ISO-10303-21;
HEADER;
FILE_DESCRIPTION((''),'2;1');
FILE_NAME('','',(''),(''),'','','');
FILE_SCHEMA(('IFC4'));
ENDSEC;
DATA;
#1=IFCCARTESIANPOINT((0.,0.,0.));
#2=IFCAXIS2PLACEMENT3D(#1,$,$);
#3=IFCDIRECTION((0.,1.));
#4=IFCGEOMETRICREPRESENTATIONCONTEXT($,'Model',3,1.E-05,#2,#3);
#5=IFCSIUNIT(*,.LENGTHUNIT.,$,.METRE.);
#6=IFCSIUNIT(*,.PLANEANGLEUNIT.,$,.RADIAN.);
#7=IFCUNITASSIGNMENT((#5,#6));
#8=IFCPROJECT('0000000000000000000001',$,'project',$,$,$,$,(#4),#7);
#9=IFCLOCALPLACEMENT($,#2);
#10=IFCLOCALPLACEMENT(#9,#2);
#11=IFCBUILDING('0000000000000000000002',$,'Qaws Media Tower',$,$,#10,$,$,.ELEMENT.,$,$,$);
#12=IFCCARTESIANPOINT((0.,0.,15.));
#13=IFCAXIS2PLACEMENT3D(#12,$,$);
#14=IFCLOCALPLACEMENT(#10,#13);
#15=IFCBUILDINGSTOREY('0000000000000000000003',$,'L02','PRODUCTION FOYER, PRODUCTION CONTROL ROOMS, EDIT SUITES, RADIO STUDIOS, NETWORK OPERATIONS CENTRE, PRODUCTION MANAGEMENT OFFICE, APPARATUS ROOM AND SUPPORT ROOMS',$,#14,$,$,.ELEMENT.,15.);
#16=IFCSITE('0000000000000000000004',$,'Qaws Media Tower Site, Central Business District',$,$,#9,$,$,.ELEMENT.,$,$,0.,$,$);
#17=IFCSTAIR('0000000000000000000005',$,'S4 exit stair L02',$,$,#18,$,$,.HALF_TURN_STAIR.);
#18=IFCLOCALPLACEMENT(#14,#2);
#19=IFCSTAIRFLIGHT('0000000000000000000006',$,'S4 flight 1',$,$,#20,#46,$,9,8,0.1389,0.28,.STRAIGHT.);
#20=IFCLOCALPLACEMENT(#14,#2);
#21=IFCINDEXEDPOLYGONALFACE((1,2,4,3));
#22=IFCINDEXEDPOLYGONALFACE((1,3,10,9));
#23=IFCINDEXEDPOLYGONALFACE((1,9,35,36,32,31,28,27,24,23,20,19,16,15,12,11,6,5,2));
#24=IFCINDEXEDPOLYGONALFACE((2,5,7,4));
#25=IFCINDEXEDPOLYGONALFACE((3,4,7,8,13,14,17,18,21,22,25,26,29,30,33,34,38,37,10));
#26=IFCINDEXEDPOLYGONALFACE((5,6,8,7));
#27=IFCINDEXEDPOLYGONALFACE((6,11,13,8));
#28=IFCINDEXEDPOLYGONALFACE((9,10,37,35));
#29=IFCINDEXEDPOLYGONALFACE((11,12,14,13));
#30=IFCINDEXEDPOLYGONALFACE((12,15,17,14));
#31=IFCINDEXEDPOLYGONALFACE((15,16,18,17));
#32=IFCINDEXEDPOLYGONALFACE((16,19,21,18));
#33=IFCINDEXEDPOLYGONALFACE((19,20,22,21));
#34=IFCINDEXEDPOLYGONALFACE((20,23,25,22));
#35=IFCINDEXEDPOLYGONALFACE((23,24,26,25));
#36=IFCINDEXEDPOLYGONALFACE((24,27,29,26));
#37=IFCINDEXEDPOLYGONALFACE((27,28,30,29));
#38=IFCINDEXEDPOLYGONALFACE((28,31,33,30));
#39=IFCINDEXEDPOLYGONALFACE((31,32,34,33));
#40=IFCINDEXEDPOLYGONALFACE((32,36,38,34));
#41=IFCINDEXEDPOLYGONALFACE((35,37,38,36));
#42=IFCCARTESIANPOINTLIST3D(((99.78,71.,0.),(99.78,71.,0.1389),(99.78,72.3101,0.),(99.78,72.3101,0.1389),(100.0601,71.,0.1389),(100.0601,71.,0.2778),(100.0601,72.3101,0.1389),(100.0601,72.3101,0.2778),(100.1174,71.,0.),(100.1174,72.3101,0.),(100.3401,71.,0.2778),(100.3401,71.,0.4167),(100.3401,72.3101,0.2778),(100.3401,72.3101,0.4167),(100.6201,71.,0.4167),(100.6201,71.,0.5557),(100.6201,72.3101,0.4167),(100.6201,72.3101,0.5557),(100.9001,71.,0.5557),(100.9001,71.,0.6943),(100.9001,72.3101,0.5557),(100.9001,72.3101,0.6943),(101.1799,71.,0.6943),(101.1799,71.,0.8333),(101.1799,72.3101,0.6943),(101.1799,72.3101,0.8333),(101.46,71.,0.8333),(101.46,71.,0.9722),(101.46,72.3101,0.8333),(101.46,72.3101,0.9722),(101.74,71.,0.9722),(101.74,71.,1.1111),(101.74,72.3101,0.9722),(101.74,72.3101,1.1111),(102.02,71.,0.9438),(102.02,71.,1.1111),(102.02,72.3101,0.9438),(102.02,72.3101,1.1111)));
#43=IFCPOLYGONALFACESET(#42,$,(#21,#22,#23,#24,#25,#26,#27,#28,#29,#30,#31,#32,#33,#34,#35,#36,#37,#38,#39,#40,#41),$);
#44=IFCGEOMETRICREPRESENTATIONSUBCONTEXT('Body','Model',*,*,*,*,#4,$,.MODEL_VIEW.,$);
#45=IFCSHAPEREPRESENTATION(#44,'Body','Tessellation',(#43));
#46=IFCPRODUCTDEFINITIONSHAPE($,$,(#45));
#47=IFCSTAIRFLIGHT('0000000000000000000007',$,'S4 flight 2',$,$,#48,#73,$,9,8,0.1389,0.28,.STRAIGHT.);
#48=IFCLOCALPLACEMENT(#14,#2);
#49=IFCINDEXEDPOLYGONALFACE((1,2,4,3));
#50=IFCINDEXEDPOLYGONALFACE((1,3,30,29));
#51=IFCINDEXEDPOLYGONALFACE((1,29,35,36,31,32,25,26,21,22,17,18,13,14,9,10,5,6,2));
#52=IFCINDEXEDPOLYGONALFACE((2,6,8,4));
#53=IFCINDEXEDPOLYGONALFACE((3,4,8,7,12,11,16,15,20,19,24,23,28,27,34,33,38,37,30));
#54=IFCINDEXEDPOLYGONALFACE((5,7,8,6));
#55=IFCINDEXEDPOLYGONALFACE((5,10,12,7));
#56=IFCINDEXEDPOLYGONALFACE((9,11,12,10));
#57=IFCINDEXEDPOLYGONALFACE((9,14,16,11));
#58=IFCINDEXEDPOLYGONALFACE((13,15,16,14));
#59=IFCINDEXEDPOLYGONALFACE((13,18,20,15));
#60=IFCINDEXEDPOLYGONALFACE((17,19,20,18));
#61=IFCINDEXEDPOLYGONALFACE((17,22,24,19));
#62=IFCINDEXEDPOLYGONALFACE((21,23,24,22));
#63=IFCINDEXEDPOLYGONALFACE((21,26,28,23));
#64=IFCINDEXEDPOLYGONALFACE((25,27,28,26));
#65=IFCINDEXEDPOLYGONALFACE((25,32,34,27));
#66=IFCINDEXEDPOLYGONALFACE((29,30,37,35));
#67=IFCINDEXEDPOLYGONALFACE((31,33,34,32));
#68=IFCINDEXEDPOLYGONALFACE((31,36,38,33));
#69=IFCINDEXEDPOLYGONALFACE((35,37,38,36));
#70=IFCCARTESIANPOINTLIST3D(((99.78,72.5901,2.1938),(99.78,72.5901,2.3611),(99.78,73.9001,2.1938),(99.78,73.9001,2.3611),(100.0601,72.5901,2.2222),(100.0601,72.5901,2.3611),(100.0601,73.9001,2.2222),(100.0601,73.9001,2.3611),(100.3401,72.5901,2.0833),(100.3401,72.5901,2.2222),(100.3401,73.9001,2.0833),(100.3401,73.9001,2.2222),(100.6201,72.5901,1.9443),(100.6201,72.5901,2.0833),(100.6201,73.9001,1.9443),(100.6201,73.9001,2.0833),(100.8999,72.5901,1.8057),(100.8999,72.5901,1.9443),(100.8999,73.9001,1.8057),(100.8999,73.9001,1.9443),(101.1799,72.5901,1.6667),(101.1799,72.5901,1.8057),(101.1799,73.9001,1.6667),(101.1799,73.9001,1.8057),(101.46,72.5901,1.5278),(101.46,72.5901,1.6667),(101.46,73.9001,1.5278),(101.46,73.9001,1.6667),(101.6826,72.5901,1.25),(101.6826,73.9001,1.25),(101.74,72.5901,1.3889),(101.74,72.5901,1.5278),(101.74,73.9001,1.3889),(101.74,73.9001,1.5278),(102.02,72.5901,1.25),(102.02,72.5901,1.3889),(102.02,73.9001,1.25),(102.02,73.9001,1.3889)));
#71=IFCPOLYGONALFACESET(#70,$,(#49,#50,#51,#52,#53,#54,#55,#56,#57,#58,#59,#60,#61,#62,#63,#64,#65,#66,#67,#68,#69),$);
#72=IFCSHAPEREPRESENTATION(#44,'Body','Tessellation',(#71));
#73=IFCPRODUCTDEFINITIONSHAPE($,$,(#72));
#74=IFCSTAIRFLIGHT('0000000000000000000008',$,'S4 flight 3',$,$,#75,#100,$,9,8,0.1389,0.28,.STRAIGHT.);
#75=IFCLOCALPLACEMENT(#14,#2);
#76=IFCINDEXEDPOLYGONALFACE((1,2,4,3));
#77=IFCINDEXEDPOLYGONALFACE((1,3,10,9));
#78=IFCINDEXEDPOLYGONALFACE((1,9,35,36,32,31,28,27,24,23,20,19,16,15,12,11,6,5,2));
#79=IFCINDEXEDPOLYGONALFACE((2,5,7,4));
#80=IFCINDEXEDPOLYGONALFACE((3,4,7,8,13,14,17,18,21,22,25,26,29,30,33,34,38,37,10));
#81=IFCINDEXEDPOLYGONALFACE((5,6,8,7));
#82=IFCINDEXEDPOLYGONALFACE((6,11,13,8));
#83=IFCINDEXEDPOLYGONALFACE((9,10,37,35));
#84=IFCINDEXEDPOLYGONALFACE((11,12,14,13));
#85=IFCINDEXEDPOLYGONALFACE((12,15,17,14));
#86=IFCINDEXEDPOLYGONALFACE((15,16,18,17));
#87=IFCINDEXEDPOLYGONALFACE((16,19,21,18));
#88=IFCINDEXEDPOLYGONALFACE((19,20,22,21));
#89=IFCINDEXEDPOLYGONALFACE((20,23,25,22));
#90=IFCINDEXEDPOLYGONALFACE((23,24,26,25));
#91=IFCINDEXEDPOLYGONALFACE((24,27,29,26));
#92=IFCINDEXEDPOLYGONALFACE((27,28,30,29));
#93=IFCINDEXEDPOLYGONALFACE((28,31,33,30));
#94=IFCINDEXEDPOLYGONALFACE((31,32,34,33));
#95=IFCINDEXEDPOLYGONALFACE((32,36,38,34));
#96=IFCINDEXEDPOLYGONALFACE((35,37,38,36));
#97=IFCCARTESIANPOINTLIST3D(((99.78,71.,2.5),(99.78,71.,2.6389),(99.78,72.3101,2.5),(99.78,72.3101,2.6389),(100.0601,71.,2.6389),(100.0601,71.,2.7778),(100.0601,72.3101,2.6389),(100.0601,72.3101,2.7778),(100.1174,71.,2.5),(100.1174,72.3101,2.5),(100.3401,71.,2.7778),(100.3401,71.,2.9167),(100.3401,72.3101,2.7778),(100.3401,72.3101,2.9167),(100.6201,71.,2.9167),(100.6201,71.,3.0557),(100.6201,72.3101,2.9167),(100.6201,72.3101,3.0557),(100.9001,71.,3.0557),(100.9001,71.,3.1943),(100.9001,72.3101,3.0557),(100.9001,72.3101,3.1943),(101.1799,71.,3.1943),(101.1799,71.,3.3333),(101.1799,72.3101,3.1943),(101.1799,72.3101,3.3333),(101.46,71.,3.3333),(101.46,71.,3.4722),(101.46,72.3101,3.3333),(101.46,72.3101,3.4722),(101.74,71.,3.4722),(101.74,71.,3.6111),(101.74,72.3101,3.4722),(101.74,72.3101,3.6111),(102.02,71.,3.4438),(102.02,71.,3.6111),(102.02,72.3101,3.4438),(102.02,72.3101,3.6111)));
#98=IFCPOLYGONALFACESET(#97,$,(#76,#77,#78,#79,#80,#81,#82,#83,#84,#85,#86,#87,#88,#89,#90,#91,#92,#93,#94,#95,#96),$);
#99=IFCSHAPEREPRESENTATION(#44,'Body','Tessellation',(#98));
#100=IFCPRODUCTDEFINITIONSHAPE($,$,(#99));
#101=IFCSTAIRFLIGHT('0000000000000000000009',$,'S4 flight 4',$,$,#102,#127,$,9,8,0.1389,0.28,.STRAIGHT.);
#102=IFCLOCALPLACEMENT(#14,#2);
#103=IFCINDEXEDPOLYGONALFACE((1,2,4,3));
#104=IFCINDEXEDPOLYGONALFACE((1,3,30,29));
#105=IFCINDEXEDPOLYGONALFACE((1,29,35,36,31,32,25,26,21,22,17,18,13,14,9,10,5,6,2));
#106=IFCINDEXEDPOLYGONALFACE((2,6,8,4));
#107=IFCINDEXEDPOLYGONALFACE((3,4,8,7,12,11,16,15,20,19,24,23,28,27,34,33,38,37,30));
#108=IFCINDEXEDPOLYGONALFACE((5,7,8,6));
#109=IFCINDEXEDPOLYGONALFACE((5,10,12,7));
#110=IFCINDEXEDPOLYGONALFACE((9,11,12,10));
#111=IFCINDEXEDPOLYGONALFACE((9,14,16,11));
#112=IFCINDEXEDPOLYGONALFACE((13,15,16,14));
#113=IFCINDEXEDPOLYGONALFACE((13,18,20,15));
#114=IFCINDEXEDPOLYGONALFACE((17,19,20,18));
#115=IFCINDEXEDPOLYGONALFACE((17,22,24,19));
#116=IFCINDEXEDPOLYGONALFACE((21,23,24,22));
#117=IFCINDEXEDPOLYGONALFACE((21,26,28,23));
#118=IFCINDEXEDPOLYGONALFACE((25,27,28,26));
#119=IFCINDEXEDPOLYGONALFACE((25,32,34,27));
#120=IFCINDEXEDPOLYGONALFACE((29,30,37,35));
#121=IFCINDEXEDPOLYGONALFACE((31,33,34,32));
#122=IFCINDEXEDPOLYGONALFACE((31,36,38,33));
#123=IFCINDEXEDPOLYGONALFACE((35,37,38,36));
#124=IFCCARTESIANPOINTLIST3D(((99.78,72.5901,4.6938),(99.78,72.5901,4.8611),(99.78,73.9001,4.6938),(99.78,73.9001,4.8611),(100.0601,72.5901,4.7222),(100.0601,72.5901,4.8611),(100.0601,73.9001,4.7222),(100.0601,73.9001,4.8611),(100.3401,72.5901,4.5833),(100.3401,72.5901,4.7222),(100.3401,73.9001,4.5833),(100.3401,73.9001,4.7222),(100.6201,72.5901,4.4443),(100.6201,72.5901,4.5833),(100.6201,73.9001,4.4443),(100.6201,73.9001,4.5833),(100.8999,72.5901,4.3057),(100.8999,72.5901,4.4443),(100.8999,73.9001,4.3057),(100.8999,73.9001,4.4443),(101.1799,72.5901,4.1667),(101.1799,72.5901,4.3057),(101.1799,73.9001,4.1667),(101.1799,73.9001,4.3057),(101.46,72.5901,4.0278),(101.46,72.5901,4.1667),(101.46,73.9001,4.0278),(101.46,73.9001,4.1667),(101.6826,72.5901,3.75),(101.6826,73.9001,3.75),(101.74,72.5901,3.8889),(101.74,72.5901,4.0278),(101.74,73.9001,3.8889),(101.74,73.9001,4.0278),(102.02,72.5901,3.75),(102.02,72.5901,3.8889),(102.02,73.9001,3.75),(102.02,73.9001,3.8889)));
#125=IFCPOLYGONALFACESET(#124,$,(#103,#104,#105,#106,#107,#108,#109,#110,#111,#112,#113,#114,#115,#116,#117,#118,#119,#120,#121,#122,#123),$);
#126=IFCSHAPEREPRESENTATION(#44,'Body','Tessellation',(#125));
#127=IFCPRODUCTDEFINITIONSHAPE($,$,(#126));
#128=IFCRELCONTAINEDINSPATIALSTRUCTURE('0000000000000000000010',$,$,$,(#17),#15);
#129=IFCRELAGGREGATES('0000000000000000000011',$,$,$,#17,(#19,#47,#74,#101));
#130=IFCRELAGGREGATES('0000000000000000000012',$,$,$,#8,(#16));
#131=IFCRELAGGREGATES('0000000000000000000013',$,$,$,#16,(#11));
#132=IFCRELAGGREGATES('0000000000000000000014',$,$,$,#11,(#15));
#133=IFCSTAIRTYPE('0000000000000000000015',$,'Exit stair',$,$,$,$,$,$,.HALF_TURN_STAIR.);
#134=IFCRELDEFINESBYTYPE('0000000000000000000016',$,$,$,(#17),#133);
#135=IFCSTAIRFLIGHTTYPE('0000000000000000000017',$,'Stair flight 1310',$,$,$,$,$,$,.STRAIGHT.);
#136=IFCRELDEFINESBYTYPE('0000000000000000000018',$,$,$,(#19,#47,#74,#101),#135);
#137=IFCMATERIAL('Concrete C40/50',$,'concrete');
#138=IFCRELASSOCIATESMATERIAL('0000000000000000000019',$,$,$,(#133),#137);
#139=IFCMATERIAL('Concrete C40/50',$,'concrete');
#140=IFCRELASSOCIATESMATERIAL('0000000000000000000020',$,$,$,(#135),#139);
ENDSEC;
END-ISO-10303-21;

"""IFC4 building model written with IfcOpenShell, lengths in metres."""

from ifc_helpers import new_model, si_unit, direction, frame, origin, place, context, subcontext, project, spatial, polyline, outline, extrude, material, type_object, element, aggregate, save


model = new_model("IFC4")

# Units and contexts
model_context = context("Model", 3, precision=1e-05, world=origin(), true_north=direction((0.0, 1.0)))
body_context = subcontext(model_context, "Body", "Model", "MODEL_VIEW")
ifc_project = project(units=[si_unit("LENGTHUNIT", "METRE"), si_unit("PLANEANGLEUNIT", "RADIAN")], contexts=[model_context])

# Site, building, storey
site_placement = place(None, origin())
site = spatial("IfcSite", under=ifc_project, at=site_placement, Name="Qaws Media Tower Site, Central Business District", CompositionType="ELEMENT", RefElevation=0.0)
building_placement = place(site_placement, origin())
building = spatial("IfcBuilding", under=site, at=building_placement, Name="Qaws Media Tower", CompositionType="ELEMENT")
storey_placement = place(building_placement, frame((0.0, 0.0, 15.0)))
storey = spatial("IfcBuildingStorey", under=building, at=storey_placement, Name="L02", Description="PRODUCTION FOYER, PRODUCTION CONTROL ROOMS, EDIT SUITES, RADIO STUDIOS, NETWORK OPERATIONS CENTRE, PRODUCTION MANAGEMENT OFFICE, APPARATUS ROOM AND SUPPORT ROOMS", CompositionType="ELEMENT", Elevation=15.0)

# Stair, stair flights
ifc_material_1 = material(Name="Concrete C40/50", Category="concrete")
stair_type = type_object("IfcStairType", Name="Exit stair", PredefinedType="HALF_TURN_STAIR", material=ifc_material_1)
stair_placement = place(storey_placement, origin())
stair = element("IfcStair", 1, at=stair_placement, inside=storey, type_object=stair_type, Name="S4 exit stair L02", PredefinedType="HALF_TURN_STAIR")
ifc_material_2 = material(Name="Concrete C40/50", Category="concrete")
stair_flight_type = type_object("IfcStairFlightType", Name="Stair flight 1310", PredefinedType="STRAIGHT", material=ifc_material_2)
stair_flight_1_placement = place(storey_placement, frame((99.78, 71.655, 0.0), z_axis=(0.0, 0.0, 1.0), x_axis=(1.0, 0.0, 0.0)))
stair_flight_1 = element("IfcStairFlight", 2, at=stair_flight_1_placement, type_object=stair_flight_type, Name="S4 flight 1", NumberOfRisers=9, NumberOfTreads=8, PredefinedType="STRAIGHT", RiserHeight=0.1389, TreadLength=0.28, context=body_context, shape_type="SweptSolid", body=[
    extrude(outline(polyline([(0.0, 0.0), (0.0, 0.1389), (0.28, 0.1389), (0.28, 0.2778), (0.5601, 0.2778), (0.5601, 0.4167), (0.8401, 0.4167), (0.8401, 0.5557), (1.1201, 0.5557), (1.1201, 0.6943), (1.3999, 0.6943), (1.3999, 0.8333), (1.6799, 0.8333), (1.6799, 0.9722), (1.96, 0.9722), (1.96, 1.1111), (2.24, 1.1111), (2.24, 1.25), (2.24, 0.9438), (0.3374, 0.0), (0.0, 0.0)])), frame((0.0, 0.655, 0.0), z_axis=(0.0, -1.0, 0.0), x_axis=(1.0, 0.0, 0.0)), (0.0, 0.0, 1.0), 1.3101),
])
stair_flight_2_placement = place(storey_placement, frame((102.02, 73.2451, 1.25), z_axis=(0.0, 0.0, 1.0), x_axis=(-1.0, 0.0, 0.0)))
stair_flight_2 = element("IfcStairFlight", 3, at=stair_flight_2_placement, type_object=stair_flight_type, Name="S4 flight 2", NumberOfRisers=9, NumberOfTreads=8, PredefinedType="STRAIGHT", RiserHeight=0.1389, TreadLength=0.28, context=body_context, shape_type="SweptSolid", body=[
    extrude(outline(polyline([(0.0, 0.0), (0.0, 0.1389), (0.28, 0.1389), (0.28, 0.2778), (0.5601, 0.2778), (0.5601, 0.4167), (0.8401, 0.4167), (0.8401, 0.5557), (1.1201, 0.5557), (1.1201, 0.6943), (1.3999, 0.6943), (1.3999, 0.8333), (1.6799, 0.8333), (1.6799, 0.9722), (1.96, 0.9722), (1.96, 1.1111), (2.24, 1.1111), (2.24, 1.25), (2.24, 0.9438), (0.3374, 0.0), (0.0, 0.0)])), frame((0.0, 0.655, 0.0), z_axis=(0.0, -1.0, 0.0), x_axis=(1.0, 0.0, 0.0)), (0.0, 0.0, 1.0), 1.3101),
])
stair_flight_3_placement = place(storey_placement, frame((99.78, 71.655, 2.5), z_axis=(0.0, 0.0, 1.0), x_axis=(1.0, 0.0, 0.0)))
stair_flight_3 = element("IfcStairFlight", 4, at=stair_flight_3_placement, type_object=stair_flight_type, Name="S4 flight 3", NumberOfRisers=9, NumberOfTreads=8, PredefinedType="STRAIGHT", RiserHeight=0.1389, TreadLength=0.28, context=body_context, shape_type="SweptSolid", body=[
    extrude(outline(polyline([(0.0, 0.0), (0.0, 0.1389), (0.28, 0.1389), (0.28, 0.2778), (0.5601, 0.2778), (0.5601, 0.4167), (0.8401, 0.4167), (0.8401, 0.5557), (1.1201, 0.5557), (1.1201, 0.6943), (1.3999, 0.6943), (1.3999, 0.8333), (1.6799, 0.8333), (1.6799, 0.9722), (1.96, 0.9722), (1.96, 1.1111), (2.24, 1.1111), (2.24, 1.25), (2.24, 0.9438), (0.3374, 0.0), (0.0, 0.0)])), frame((0.0, 0.655, 0.0), z_axis=(0.0, -1.0, 0.0), x_axis=(1.0, 0.0, 0.0)), (0.0, 0.0, 1.0), 1.3101),
])
stair_flight_4_placement = place(storey_placement, frame((102.02, 73.2451, 3.75), z_axis=(0.0, 0.0, 1.0), x_axis=(-1.0, 0.0, 0.0)))
stair_flight_4 = element("IfcStairFlight", 5, at=stair_flight_4_placement, type_object=stair_flight_type, Name="S4 flight 4", NumberOfRisers=9, NumberOfTreads=8, PredefinedType="STRAIGHT", RiserHeight=0.1389, TreadLength=0.28, context=body_context, shape_type="SweptSolid", body=[
    extrude(outline(polyline([(0.0, 0.0), (0.0, 0.1389), (0.28, 0.1389), (0.28, 0.2778), (0.5601, 0.2778), (0.5601, 0.4167), (0.8401, 0.4167), (0.8401, 0.5557), (1.1201, 0.5557), (1.1201, 0.6943), (1.3999, 0.6943), (1.3999, 0.8333), (1.6799, 0.8333), (1.6799, 0.9722), (1.96, 0.9722), (1.96, 1.1111), (2.24, 1.1111), (2.24, 1.25), (2.24, 0.9438), (0.3374, 0.0), (0.0, 0.0)])), frame((0.0, 0.655, 0.0), z_axis=(0.0, -1.0, 0.0), x_axis=(1.0, 0.0, 0.0)), (0.0, 0.0, 1.0), 1.3101),
])
aggregate(stair, [stair_flight_1, stair_flight_2, stair_flight_3, stair_flight_4])

save(model, "model.ifc")
